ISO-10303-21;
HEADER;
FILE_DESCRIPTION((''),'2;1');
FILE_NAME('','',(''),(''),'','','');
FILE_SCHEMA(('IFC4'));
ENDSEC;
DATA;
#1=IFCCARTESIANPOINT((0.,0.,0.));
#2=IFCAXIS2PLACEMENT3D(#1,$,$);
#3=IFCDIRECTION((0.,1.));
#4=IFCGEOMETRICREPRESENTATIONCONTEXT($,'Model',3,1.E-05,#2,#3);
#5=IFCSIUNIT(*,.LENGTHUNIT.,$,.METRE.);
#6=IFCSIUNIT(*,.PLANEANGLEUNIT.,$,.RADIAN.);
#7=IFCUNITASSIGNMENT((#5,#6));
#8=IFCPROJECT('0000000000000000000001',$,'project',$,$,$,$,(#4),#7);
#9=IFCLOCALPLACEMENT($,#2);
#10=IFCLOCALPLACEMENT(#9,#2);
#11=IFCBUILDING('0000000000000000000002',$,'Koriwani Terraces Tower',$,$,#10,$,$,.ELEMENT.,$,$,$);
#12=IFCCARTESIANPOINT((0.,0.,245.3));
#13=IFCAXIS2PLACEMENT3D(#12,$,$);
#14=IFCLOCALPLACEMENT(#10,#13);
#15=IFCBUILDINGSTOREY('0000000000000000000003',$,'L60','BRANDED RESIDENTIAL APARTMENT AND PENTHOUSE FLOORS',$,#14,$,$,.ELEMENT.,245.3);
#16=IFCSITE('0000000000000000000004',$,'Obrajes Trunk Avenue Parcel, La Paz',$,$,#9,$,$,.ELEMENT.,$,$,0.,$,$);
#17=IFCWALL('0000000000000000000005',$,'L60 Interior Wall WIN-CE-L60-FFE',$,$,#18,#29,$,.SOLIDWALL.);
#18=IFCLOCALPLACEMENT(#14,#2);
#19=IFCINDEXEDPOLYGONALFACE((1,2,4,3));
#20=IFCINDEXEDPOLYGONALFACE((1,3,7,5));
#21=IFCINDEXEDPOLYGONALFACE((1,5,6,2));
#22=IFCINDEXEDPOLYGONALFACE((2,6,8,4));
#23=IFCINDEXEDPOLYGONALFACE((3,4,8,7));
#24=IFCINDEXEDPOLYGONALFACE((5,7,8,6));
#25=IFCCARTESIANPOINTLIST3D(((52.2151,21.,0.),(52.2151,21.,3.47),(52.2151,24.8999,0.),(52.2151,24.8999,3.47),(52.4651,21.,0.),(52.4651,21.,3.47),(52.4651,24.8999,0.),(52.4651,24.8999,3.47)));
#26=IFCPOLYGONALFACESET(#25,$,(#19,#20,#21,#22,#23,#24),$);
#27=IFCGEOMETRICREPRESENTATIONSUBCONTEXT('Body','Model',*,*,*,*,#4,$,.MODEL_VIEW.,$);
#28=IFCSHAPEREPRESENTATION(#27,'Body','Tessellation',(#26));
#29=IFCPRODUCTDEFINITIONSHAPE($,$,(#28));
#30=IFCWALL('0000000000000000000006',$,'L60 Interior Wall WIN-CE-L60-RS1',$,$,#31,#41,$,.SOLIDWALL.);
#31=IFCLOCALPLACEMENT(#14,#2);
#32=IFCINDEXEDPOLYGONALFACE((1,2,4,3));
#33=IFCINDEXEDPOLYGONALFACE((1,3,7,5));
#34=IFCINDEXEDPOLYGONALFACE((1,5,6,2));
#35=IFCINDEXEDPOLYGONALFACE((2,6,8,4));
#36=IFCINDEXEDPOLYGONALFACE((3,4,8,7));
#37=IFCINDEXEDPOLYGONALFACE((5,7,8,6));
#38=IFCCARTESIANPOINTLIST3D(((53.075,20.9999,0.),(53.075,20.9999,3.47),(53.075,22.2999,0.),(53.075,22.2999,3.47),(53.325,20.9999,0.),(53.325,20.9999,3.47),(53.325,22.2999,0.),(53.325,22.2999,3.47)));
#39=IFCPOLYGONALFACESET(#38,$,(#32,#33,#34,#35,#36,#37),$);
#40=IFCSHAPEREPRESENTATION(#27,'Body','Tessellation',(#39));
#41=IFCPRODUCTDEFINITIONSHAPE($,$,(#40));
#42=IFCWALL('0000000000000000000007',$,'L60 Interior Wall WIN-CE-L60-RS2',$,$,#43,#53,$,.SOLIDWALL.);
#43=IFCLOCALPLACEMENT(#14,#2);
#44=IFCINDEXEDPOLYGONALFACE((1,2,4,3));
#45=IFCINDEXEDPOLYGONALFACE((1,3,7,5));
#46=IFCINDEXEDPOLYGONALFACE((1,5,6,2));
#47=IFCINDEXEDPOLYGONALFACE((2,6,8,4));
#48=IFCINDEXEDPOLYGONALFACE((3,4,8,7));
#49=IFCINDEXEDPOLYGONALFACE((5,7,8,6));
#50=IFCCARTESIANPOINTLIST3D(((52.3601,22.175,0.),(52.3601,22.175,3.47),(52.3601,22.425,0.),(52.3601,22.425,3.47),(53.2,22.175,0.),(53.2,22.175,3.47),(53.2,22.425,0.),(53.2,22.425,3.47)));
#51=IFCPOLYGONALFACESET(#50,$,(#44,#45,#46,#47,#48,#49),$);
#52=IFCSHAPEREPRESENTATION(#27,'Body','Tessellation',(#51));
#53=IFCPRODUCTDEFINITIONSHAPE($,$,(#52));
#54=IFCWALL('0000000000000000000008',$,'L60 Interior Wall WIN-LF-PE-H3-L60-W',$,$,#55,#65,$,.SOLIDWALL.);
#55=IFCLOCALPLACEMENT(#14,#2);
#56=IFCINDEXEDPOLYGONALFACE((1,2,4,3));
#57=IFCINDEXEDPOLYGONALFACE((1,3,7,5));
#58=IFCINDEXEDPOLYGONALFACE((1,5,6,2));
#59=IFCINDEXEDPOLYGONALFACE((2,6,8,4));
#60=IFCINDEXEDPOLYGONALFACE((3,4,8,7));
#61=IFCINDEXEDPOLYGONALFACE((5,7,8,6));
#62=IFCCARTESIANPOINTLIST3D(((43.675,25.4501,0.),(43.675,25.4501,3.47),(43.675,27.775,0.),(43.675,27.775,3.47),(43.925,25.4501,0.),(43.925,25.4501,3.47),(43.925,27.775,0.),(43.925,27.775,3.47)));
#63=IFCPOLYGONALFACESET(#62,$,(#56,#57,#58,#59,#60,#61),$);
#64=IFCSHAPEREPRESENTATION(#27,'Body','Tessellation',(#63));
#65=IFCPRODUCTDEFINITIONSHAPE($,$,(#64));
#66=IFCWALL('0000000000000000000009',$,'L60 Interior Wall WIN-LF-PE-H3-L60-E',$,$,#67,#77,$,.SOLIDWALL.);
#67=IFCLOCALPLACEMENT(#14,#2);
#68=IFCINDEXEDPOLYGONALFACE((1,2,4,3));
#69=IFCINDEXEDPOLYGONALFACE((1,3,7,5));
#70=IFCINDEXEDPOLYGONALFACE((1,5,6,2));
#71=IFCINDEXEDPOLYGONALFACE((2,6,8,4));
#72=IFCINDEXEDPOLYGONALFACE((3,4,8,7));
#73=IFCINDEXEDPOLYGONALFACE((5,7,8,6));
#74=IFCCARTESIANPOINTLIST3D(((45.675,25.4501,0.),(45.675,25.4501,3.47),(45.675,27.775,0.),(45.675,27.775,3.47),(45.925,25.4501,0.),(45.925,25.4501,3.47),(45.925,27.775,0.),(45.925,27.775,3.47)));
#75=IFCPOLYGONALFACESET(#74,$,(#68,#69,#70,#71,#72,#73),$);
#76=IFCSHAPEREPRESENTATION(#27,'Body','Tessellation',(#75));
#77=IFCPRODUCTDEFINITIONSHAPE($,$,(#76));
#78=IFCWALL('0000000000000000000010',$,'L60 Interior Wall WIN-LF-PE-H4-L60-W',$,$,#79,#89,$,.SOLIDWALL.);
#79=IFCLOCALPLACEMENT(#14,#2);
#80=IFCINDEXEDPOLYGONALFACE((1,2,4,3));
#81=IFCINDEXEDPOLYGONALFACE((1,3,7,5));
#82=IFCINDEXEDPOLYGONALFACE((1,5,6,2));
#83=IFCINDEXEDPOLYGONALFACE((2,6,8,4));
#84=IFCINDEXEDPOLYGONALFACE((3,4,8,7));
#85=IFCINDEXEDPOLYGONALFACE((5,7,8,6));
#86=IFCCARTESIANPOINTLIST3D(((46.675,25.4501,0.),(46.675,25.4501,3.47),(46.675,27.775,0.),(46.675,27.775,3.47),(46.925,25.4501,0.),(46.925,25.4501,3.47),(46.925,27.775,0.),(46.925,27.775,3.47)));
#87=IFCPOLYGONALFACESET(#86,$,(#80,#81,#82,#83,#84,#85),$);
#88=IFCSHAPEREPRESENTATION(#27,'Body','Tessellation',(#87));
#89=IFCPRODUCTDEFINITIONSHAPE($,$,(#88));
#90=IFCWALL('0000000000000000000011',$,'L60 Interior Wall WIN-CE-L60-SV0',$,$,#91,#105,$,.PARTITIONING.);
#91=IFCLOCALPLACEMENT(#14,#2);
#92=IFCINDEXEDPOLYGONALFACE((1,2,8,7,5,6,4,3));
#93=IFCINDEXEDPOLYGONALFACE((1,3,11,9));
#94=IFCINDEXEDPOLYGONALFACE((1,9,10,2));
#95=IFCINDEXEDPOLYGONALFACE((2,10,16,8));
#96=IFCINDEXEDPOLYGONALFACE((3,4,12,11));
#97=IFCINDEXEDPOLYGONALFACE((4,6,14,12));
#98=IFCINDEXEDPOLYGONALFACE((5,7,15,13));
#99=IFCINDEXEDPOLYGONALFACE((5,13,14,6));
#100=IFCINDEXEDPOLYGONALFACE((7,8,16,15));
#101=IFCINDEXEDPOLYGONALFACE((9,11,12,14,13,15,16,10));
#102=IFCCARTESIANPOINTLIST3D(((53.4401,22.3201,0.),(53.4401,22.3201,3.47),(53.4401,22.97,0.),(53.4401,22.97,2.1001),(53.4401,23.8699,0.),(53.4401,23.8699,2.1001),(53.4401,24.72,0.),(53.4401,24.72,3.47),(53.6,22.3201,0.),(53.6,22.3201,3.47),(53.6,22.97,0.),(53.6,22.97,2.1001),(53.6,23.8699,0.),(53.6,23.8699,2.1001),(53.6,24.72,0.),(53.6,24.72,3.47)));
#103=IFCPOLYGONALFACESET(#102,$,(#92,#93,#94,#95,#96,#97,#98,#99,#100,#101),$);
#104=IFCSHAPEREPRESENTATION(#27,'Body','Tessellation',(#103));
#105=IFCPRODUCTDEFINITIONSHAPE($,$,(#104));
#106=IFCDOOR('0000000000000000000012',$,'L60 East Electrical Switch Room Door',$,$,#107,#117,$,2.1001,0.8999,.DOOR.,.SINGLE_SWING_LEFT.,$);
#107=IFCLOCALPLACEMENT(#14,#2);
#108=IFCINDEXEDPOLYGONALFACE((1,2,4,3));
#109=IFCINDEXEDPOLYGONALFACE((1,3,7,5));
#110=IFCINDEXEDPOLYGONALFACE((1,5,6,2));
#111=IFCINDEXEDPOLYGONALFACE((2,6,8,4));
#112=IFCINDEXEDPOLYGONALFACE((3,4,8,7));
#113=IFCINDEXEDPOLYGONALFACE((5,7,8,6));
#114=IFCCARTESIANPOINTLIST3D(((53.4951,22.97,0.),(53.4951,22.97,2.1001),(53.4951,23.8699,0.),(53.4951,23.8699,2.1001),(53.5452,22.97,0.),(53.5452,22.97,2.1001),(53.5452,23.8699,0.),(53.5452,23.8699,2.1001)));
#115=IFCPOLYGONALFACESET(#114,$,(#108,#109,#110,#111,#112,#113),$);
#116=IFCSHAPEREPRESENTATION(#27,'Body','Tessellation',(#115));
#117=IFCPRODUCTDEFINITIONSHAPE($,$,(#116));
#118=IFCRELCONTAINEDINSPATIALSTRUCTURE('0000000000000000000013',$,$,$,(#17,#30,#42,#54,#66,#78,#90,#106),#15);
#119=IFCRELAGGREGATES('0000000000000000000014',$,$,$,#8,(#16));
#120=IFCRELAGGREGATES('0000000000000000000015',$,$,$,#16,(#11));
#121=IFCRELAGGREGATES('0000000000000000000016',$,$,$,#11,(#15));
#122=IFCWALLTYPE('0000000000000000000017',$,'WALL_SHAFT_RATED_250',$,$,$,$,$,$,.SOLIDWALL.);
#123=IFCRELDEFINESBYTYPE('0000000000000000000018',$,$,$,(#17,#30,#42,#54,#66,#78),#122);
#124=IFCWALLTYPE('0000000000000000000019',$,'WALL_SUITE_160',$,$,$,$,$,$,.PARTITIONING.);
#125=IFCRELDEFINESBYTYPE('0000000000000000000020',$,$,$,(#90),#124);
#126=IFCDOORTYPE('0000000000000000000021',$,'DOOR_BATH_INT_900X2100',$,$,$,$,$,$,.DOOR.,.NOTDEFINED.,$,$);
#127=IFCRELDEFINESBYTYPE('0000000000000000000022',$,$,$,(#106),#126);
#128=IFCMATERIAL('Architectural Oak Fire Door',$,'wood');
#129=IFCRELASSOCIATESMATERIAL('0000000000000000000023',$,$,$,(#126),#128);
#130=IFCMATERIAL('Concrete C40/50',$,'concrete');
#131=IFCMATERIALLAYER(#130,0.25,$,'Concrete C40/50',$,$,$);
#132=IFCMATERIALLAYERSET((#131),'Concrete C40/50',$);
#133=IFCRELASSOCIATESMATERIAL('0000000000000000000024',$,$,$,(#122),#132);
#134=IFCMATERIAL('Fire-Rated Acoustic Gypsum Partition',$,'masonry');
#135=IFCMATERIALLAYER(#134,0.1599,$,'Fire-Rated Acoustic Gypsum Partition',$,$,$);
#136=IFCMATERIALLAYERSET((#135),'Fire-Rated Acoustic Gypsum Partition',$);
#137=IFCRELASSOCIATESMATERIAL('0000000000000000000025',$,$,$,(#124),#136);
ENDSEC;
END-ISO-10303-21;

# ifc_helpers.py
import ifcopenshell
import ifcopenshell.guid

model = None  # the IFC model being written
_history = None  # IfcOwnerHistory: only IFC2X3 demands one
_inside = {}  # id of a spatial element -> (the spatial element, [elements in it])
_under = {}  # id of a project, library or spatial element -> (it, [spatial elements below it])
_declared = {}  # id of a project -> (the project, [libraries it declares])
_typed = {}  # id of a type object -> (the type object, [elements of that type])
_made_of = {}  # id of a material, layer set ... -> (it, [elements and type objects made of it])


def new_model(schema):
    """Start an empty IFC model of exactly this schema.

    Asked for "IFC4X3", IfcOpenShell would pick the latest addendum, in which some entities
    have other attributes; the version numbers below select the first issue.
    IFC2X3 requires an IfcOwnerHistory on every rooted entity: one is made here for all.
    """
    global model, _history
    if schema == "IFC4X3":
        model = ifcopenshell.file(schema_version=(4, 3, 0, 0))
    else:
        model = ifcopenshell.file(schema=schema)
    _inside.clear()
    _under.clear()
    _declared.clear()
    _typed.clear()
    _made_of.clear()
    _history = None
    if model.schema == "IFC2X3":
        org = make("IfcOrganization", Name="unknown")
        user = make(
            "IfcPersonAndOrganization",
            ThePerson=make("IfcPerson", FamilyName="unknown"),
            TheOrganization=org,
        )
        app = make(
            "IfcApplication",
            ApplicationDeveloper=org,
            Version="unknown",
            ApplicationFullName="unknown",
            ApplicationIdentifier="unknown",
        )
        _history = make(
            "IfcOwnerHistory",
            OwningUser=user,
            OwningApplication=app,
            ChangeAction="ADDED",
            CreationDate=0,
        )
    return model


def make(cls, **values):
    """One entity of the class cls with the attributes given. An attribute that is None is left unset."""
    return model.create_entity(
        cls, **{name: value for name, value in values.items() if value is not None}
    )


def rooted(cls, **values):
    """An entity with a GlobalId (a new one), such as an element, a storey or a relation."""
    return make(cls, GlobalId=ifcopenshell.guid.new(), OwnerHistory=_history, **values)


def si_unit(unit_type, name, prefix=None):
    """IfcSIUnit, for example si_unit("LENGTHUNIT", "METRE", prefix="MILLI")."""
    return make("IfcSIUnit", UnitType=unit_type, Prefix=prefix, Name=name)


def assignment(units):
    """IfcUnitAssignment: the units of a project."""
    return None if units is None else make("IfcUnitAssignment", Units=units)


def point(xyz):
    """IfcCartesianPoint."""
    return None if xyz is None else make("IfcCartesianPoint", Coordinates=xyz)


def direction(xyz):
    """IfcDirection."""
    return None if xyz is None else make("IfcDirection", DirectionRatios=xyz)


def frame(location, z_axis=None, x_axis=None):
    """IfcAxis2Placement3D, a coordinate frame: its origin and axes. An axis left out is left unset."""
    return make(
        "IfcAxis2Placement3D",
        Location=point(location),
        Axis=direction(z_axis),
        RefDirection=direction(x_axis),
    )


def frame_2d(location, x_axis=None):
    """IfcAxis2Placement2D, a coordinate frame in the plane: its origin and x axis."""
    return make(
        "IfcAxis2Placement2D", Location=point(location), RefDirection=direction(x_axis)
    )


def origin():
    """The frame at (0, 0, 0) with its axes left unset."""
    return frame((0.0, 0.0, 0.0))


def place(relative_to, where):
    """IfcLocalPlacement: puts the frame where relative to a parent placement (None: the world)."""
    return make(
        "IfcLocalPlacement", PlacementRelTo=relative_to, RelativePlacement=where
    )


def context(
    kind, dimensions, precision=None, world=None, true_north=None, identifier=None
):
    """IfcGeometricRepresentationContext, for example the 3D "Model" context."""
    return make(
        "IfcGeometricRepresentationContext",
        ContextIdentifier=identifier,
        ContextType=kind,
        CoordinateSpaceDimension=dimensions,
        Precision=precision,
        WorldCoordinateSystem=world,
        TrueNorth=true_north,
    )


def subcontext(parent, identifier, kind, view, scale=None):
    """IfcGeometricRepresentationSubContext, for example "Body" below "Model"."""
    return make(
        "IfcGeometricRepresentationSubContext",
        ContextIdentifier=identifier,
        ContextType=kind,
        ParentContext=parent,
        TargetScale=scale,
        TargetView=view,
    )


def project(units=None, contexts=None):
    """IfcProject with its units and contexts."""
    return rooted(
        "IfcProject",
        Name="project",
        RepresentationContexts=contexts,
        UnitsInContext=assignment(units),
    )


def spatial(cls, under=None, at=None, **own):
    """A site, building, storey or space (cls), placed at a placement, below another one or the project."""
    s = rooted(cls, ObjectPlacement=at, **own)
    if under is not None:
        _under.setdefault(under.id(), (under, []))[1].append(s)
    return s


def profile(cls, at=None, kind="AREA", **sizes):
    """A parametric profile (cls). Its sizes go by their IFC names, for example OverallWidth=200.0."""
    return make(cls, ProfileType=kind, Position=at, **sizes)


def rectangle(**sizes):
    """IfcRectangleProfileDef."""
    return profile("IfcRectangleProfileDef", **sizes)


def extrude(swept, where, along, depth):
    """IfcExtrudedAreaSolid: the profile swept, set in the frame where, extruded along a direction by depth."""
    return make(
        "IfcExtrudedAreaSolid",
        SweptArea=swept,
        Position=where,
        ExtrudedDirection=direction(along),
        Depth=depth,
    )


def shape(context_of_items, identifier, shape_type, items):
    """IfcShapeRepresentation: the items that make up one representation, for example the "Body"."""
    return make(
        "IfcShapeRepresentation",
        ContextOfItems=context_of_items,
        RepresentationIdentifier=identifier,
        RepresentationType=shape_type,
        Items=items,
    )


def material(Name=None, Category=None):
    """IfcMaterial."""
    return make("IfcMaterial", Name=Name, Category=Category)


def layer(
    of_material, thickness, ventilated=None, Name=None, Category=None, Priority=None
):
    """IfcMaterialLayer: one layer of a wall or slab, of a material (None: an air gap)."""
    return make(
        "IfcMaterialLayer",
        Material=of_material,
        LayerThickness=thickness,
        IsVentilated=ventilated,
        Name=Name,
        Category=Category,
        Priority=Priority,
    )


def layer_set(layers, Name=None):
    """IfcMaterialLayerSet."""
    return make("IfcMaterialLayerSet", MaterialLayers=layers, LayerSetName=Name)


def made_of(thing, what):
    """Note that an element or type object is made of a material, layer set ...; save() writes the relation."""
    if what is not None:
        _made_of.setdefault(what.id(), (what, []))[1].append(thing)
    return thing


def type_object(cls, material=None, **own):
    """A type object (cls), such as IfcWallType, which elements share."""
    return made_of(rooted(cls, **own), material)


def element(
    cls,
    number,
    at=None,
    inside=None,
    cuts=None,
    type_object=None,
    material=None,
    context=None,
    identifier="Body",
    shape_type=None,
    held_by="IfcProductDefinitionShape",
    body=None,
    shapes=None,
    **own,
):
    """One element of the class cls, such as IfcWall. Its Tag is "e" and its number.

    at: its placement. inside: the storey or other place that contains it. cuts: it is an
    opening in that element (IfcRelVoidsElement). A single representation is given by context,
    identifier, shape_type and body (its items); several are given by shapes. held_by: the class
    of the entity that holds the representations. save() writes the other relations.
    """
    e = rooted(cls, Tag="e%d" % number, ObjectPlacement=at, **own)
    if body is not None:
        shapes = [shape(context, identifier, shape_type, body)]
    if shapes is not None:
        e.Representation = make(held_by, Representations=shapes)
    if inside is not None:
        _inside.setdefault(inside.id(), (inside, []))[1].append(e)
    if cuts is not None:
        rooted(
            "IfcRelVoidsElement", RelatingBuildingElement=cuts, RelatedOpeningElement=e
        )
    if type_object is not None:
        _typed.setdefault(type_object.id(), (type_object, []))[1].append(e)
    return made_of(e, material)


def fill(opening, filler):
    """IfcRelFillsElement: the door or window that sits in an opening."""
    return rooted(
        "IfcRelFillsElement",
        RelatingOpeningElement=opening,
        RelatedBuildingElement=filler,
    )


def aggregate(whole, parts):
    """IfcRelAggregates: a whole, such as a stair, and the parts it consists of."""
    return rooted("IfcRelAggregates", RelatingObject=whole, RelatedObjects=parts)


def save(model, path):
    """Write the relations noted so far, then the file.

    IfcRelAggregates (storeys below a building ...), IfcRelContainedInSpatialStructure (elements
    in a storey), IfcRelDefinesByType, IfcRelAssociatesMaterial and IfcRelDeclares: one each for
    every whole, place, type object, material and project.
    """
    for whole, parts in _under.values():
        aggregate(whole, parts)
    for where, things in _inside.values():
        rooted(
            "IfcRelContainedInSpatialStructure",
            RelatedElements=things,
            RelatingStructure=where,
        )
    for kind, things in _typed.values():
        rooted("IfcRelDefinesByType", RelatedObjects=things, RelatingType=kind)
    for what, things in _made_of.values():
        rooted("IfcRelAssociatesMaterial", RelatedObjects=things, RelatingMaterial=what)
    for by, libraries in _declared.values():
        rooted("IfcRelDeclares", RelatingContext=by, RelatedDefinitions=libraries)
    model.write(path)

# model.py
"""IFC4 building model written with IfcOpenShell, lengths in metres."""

from ifc_helpers import new_model, si_unit, direction, frame, frame_2d, origin, place, context, subcontext, project, spatial, rectangle, extrude, material, layer, layer_set, type_object, element, fill, save


model = new_model("IFC4")

# Units and contexts
model_context = context("Model", 3, precision=1e-05, world=origin(), true_north=direction((0.0, 1.0)))
body_context = subcontext(model_context, "Body", "Model", "MODEL_VIEW")
ifc_project = project(units=[si_unit("LENGTHUNIT", "METRE"), si_unit("PLANEANGLEUNIT", "RADIAN")], contexts=[model_context])

# Site, building, storey
site_placement = place(None, origin())
site = spatial("IfcSite", under=ifc_project, at=site_placement, Name="Obrajes Trunk Avenue Parcel, La Paz", CompositionType="ELEMENT", RefElevation=0.0)
building_placement = place(site_placement, origin())
building = spatial("IfcBuilding", under=site, at=building_placement, Name="Koriwani Terraces Tower", CompositionType="ELEMENT")
storey_placement = place(building_placement, frame((0.0, 0.0, 245.3)))
storey = spatial("IfcBuildingStorey", under=building, at=storey_placement, Name="L60", Description="BRANDED RESIDENTIAL APARTMENT AND PENTHOUSE FLOORS", CompositionType="ELEMENT", Elevation=245.3)

# Shared definitions
ifc_material_1 = material(Name="Fire-Rated Acoustic Gypsum Partition", Category="masonry")
ifc_material_2 = material(Name="Architectural Oak Fire Door", Category="wood")
door_type_1 = type_object("IfcDoorType", Name="DOOR_BATH_INT_900X2100", OperationType="NOTDEFINED", PredefinedType="DOOR", material=ifc_material_2)

# Shared definitions
ifc_material_3 = material(Name="Concrete C40/50", Category="concrete")
ifc_layer_1 = layer(ifc_material_3, 0.25, Name="Concrete C40/50")
ifc_layer_set_1 = layer_set([ifc_layer_1], Name="Concrete C40/50")
wall_type_1 = type_object("IfcWallType", Name="WALL_SHAFT_RATED_250", PredefinedType="SOLIDWALL", material=ifc_layer_set_1)

# Wall
wall_1_placement = place(storey_placement, frame((52.3401, 21.0, 0.0), z_axis=(0.0, 0.0, 1.0), x_axis=(0.0, 1.0, 0.0)))
element("IfcWall", 1, at=wall_1_placement, inside=storey, type_object=wall_type_1, Name="L60 Interior Wall WIN-CE-L60-FFE", PredefinedType="SOLIDWALL", context=body_context, shape_type="SweptSolid", body=[
    extrude(rectangle(XDim=3.8999, YDim=0.25, at=frame_2d((1.95, 0.0))), origin(), (0.0, 0.0, 1.0), 3.47),
])

# Walls
wall_2_placement = place(storey_placement, frame((53.2, 21.0, 0.0), z_axis=(0.0, 0.0, 1.0), x_axis=(0.0, 1.0, 0.0)))
element("IfcWall", 2, at=wall_2_placement, inside=storey, type_object=wall_type_1, Name="L60 Interior Wall WIN-CE-L60-RS1", PredefinedType="SOLIDWALL", context=body_context, shape_type="SweptSolid", body=[
    extrude(rectangle(XDim=1.3, YDim=0.25, at=frame_2d((0.6499, 0.0))), origin(), (0.0, 0.0, 1.0), 3.47),
])
wall_3_placement = place(storey_placement, frame((52.3601, 22.3, 0.0), z_axis=(0.0, 0.0, 1.0), x_axis=(1.0, 0.0, 0.0)))
element("IfcWall", 3, at=wall_3_placement, inside=storey, type_object=wall_type_1, Name="L60 Interior Wall WIN-CE-L60-RS2", PredefinedType="SOLIDWALL", context=body_context, shape_type="SweptSolid", body=[
    extrude(rectangle(XDim=0.8398, YDim=0.25, at=frame_2d((0.4199, 0.0))), origin(), (0.0, 0.0, 1.0), 3.47),
])
for number, where, z_axis, x_axis, name in (
    (4, (43.8, 25.45, 0.0), (0.0, 0.0, 1.0), (0.0, 1.0, 0.0), "L60 Interior Wall WIN-LF-PE-H3-L60-W"),
    (5, (45.8, 25.45, 0.0), (0.0, 0.0, 1.0), (0.0, 1.0, 0.0), "L60 Interior Wall WIN-LF-PE-H3-L60-E"),
    (6, (46.8, 25.45, 0.0), (0.0, 0.0, 1.0), (0.0, 1.0, 0.0), "L60 Interior Wall WIN-LF-PE-H4-L60-W"),
):
    element("IfcWall", number, at=place(storey_placement, frame(where, z_axis=z_axis, x_axis=x_axis)), inside=storey, type_object=wall_type_1, Name=name, PredefinedType="SOLIDWALL", context=body_context, shape_type="SweptSolid", body=[
        extrude(rectangle(XDim=2.325, YDim=0.25, at=frame_2d((1.1626, 0.0))), origin(), (0.0, 0.0, 1.0), 3.47),
    ])

# Wall, opening, door
ifc_layer_2 = layer(ifc_material_1, 0.1599, Name="Fire-Rated Acoustic Gypsum Partition")
ifc_layer_set_2 = layer_set([ifc_layer_2], Name="Fire-Rated Acoustic Gypsum Partition")
wall_type_2 = type_object("IfcWallType", Name="WALL_SUITE_160", PredefinedType="PARTITIONING", material=ifc_layer_set_2)
wall_4_placement = place(storey_placement, frame((53.52, 22.3201, 0.0), z_axis=(0.0, 0.0, 1.0), x_axis=(0.0, 1.0, 0.0)))
wall_4 = element("IfcWall", 7, at=wall_4_placement, inside=storey, type_object=wall_type_2, Name="L60 Interior Wall WIN-CE-L60-SV0", PredefinedType="PARTITIONING", context=body_context, shape_type="SweptSolid", body=[
    extrude(rectangle(XDim=2.3999, YDim=0.1599, at=frame_2d((1.2, 0.0))), origin(), (0.0, 0.0, 1.0), 3.47),
])
opening_1_placement = place(wall_4_placement, frame((0.6499, 0.0, 0.0)))
opening_1 = element("IfcOpeningElement", 8, at=opening_1_placement, cuts=wall_4, PredefinedType="OPENING", context=body_context, shape_type="SweptSolid", body=[
    extrude(rectangle(XDim=0.8999, YDim=2.1001, at=frame_2d((0.45, 1.05))), frame((0.0, 0.0898, 0.0), z_axis=(0.0, -1.0, 0.0), x_axis=(1.0, 0.0, 0.0)), (0.0, 0.0, 1.0), 0.1799),
])
door_1_placement = place(opening_1_placement, origin())
door_1 = element("IfcDoor", 9, at=door_1_placement, inside=storey, type_object=door_type_1, Name="L60 East Electrical Switch Room Door", OperationType="SINGLE_SWING_LEFT", OverallHeight=2.1001, OverallWidth=0.8999, PredefinedType="DOOR", context=body_context, shape_type="SweptSolid", body=[
    extrude(rectangle(XDim=0.8999, YDim=2.1001, at=frame_2d((0.45, 1.05))), frame((0.0, 0.0249, 0.0), z_axis=(0.0, -1.0, 0.0), x_axis=(1.0, 0.0, 0.0)), (0.0, 0.0, 1.0), 0.05),
])
fill(opening_1, door_1)

save(model, "model.ifc")
